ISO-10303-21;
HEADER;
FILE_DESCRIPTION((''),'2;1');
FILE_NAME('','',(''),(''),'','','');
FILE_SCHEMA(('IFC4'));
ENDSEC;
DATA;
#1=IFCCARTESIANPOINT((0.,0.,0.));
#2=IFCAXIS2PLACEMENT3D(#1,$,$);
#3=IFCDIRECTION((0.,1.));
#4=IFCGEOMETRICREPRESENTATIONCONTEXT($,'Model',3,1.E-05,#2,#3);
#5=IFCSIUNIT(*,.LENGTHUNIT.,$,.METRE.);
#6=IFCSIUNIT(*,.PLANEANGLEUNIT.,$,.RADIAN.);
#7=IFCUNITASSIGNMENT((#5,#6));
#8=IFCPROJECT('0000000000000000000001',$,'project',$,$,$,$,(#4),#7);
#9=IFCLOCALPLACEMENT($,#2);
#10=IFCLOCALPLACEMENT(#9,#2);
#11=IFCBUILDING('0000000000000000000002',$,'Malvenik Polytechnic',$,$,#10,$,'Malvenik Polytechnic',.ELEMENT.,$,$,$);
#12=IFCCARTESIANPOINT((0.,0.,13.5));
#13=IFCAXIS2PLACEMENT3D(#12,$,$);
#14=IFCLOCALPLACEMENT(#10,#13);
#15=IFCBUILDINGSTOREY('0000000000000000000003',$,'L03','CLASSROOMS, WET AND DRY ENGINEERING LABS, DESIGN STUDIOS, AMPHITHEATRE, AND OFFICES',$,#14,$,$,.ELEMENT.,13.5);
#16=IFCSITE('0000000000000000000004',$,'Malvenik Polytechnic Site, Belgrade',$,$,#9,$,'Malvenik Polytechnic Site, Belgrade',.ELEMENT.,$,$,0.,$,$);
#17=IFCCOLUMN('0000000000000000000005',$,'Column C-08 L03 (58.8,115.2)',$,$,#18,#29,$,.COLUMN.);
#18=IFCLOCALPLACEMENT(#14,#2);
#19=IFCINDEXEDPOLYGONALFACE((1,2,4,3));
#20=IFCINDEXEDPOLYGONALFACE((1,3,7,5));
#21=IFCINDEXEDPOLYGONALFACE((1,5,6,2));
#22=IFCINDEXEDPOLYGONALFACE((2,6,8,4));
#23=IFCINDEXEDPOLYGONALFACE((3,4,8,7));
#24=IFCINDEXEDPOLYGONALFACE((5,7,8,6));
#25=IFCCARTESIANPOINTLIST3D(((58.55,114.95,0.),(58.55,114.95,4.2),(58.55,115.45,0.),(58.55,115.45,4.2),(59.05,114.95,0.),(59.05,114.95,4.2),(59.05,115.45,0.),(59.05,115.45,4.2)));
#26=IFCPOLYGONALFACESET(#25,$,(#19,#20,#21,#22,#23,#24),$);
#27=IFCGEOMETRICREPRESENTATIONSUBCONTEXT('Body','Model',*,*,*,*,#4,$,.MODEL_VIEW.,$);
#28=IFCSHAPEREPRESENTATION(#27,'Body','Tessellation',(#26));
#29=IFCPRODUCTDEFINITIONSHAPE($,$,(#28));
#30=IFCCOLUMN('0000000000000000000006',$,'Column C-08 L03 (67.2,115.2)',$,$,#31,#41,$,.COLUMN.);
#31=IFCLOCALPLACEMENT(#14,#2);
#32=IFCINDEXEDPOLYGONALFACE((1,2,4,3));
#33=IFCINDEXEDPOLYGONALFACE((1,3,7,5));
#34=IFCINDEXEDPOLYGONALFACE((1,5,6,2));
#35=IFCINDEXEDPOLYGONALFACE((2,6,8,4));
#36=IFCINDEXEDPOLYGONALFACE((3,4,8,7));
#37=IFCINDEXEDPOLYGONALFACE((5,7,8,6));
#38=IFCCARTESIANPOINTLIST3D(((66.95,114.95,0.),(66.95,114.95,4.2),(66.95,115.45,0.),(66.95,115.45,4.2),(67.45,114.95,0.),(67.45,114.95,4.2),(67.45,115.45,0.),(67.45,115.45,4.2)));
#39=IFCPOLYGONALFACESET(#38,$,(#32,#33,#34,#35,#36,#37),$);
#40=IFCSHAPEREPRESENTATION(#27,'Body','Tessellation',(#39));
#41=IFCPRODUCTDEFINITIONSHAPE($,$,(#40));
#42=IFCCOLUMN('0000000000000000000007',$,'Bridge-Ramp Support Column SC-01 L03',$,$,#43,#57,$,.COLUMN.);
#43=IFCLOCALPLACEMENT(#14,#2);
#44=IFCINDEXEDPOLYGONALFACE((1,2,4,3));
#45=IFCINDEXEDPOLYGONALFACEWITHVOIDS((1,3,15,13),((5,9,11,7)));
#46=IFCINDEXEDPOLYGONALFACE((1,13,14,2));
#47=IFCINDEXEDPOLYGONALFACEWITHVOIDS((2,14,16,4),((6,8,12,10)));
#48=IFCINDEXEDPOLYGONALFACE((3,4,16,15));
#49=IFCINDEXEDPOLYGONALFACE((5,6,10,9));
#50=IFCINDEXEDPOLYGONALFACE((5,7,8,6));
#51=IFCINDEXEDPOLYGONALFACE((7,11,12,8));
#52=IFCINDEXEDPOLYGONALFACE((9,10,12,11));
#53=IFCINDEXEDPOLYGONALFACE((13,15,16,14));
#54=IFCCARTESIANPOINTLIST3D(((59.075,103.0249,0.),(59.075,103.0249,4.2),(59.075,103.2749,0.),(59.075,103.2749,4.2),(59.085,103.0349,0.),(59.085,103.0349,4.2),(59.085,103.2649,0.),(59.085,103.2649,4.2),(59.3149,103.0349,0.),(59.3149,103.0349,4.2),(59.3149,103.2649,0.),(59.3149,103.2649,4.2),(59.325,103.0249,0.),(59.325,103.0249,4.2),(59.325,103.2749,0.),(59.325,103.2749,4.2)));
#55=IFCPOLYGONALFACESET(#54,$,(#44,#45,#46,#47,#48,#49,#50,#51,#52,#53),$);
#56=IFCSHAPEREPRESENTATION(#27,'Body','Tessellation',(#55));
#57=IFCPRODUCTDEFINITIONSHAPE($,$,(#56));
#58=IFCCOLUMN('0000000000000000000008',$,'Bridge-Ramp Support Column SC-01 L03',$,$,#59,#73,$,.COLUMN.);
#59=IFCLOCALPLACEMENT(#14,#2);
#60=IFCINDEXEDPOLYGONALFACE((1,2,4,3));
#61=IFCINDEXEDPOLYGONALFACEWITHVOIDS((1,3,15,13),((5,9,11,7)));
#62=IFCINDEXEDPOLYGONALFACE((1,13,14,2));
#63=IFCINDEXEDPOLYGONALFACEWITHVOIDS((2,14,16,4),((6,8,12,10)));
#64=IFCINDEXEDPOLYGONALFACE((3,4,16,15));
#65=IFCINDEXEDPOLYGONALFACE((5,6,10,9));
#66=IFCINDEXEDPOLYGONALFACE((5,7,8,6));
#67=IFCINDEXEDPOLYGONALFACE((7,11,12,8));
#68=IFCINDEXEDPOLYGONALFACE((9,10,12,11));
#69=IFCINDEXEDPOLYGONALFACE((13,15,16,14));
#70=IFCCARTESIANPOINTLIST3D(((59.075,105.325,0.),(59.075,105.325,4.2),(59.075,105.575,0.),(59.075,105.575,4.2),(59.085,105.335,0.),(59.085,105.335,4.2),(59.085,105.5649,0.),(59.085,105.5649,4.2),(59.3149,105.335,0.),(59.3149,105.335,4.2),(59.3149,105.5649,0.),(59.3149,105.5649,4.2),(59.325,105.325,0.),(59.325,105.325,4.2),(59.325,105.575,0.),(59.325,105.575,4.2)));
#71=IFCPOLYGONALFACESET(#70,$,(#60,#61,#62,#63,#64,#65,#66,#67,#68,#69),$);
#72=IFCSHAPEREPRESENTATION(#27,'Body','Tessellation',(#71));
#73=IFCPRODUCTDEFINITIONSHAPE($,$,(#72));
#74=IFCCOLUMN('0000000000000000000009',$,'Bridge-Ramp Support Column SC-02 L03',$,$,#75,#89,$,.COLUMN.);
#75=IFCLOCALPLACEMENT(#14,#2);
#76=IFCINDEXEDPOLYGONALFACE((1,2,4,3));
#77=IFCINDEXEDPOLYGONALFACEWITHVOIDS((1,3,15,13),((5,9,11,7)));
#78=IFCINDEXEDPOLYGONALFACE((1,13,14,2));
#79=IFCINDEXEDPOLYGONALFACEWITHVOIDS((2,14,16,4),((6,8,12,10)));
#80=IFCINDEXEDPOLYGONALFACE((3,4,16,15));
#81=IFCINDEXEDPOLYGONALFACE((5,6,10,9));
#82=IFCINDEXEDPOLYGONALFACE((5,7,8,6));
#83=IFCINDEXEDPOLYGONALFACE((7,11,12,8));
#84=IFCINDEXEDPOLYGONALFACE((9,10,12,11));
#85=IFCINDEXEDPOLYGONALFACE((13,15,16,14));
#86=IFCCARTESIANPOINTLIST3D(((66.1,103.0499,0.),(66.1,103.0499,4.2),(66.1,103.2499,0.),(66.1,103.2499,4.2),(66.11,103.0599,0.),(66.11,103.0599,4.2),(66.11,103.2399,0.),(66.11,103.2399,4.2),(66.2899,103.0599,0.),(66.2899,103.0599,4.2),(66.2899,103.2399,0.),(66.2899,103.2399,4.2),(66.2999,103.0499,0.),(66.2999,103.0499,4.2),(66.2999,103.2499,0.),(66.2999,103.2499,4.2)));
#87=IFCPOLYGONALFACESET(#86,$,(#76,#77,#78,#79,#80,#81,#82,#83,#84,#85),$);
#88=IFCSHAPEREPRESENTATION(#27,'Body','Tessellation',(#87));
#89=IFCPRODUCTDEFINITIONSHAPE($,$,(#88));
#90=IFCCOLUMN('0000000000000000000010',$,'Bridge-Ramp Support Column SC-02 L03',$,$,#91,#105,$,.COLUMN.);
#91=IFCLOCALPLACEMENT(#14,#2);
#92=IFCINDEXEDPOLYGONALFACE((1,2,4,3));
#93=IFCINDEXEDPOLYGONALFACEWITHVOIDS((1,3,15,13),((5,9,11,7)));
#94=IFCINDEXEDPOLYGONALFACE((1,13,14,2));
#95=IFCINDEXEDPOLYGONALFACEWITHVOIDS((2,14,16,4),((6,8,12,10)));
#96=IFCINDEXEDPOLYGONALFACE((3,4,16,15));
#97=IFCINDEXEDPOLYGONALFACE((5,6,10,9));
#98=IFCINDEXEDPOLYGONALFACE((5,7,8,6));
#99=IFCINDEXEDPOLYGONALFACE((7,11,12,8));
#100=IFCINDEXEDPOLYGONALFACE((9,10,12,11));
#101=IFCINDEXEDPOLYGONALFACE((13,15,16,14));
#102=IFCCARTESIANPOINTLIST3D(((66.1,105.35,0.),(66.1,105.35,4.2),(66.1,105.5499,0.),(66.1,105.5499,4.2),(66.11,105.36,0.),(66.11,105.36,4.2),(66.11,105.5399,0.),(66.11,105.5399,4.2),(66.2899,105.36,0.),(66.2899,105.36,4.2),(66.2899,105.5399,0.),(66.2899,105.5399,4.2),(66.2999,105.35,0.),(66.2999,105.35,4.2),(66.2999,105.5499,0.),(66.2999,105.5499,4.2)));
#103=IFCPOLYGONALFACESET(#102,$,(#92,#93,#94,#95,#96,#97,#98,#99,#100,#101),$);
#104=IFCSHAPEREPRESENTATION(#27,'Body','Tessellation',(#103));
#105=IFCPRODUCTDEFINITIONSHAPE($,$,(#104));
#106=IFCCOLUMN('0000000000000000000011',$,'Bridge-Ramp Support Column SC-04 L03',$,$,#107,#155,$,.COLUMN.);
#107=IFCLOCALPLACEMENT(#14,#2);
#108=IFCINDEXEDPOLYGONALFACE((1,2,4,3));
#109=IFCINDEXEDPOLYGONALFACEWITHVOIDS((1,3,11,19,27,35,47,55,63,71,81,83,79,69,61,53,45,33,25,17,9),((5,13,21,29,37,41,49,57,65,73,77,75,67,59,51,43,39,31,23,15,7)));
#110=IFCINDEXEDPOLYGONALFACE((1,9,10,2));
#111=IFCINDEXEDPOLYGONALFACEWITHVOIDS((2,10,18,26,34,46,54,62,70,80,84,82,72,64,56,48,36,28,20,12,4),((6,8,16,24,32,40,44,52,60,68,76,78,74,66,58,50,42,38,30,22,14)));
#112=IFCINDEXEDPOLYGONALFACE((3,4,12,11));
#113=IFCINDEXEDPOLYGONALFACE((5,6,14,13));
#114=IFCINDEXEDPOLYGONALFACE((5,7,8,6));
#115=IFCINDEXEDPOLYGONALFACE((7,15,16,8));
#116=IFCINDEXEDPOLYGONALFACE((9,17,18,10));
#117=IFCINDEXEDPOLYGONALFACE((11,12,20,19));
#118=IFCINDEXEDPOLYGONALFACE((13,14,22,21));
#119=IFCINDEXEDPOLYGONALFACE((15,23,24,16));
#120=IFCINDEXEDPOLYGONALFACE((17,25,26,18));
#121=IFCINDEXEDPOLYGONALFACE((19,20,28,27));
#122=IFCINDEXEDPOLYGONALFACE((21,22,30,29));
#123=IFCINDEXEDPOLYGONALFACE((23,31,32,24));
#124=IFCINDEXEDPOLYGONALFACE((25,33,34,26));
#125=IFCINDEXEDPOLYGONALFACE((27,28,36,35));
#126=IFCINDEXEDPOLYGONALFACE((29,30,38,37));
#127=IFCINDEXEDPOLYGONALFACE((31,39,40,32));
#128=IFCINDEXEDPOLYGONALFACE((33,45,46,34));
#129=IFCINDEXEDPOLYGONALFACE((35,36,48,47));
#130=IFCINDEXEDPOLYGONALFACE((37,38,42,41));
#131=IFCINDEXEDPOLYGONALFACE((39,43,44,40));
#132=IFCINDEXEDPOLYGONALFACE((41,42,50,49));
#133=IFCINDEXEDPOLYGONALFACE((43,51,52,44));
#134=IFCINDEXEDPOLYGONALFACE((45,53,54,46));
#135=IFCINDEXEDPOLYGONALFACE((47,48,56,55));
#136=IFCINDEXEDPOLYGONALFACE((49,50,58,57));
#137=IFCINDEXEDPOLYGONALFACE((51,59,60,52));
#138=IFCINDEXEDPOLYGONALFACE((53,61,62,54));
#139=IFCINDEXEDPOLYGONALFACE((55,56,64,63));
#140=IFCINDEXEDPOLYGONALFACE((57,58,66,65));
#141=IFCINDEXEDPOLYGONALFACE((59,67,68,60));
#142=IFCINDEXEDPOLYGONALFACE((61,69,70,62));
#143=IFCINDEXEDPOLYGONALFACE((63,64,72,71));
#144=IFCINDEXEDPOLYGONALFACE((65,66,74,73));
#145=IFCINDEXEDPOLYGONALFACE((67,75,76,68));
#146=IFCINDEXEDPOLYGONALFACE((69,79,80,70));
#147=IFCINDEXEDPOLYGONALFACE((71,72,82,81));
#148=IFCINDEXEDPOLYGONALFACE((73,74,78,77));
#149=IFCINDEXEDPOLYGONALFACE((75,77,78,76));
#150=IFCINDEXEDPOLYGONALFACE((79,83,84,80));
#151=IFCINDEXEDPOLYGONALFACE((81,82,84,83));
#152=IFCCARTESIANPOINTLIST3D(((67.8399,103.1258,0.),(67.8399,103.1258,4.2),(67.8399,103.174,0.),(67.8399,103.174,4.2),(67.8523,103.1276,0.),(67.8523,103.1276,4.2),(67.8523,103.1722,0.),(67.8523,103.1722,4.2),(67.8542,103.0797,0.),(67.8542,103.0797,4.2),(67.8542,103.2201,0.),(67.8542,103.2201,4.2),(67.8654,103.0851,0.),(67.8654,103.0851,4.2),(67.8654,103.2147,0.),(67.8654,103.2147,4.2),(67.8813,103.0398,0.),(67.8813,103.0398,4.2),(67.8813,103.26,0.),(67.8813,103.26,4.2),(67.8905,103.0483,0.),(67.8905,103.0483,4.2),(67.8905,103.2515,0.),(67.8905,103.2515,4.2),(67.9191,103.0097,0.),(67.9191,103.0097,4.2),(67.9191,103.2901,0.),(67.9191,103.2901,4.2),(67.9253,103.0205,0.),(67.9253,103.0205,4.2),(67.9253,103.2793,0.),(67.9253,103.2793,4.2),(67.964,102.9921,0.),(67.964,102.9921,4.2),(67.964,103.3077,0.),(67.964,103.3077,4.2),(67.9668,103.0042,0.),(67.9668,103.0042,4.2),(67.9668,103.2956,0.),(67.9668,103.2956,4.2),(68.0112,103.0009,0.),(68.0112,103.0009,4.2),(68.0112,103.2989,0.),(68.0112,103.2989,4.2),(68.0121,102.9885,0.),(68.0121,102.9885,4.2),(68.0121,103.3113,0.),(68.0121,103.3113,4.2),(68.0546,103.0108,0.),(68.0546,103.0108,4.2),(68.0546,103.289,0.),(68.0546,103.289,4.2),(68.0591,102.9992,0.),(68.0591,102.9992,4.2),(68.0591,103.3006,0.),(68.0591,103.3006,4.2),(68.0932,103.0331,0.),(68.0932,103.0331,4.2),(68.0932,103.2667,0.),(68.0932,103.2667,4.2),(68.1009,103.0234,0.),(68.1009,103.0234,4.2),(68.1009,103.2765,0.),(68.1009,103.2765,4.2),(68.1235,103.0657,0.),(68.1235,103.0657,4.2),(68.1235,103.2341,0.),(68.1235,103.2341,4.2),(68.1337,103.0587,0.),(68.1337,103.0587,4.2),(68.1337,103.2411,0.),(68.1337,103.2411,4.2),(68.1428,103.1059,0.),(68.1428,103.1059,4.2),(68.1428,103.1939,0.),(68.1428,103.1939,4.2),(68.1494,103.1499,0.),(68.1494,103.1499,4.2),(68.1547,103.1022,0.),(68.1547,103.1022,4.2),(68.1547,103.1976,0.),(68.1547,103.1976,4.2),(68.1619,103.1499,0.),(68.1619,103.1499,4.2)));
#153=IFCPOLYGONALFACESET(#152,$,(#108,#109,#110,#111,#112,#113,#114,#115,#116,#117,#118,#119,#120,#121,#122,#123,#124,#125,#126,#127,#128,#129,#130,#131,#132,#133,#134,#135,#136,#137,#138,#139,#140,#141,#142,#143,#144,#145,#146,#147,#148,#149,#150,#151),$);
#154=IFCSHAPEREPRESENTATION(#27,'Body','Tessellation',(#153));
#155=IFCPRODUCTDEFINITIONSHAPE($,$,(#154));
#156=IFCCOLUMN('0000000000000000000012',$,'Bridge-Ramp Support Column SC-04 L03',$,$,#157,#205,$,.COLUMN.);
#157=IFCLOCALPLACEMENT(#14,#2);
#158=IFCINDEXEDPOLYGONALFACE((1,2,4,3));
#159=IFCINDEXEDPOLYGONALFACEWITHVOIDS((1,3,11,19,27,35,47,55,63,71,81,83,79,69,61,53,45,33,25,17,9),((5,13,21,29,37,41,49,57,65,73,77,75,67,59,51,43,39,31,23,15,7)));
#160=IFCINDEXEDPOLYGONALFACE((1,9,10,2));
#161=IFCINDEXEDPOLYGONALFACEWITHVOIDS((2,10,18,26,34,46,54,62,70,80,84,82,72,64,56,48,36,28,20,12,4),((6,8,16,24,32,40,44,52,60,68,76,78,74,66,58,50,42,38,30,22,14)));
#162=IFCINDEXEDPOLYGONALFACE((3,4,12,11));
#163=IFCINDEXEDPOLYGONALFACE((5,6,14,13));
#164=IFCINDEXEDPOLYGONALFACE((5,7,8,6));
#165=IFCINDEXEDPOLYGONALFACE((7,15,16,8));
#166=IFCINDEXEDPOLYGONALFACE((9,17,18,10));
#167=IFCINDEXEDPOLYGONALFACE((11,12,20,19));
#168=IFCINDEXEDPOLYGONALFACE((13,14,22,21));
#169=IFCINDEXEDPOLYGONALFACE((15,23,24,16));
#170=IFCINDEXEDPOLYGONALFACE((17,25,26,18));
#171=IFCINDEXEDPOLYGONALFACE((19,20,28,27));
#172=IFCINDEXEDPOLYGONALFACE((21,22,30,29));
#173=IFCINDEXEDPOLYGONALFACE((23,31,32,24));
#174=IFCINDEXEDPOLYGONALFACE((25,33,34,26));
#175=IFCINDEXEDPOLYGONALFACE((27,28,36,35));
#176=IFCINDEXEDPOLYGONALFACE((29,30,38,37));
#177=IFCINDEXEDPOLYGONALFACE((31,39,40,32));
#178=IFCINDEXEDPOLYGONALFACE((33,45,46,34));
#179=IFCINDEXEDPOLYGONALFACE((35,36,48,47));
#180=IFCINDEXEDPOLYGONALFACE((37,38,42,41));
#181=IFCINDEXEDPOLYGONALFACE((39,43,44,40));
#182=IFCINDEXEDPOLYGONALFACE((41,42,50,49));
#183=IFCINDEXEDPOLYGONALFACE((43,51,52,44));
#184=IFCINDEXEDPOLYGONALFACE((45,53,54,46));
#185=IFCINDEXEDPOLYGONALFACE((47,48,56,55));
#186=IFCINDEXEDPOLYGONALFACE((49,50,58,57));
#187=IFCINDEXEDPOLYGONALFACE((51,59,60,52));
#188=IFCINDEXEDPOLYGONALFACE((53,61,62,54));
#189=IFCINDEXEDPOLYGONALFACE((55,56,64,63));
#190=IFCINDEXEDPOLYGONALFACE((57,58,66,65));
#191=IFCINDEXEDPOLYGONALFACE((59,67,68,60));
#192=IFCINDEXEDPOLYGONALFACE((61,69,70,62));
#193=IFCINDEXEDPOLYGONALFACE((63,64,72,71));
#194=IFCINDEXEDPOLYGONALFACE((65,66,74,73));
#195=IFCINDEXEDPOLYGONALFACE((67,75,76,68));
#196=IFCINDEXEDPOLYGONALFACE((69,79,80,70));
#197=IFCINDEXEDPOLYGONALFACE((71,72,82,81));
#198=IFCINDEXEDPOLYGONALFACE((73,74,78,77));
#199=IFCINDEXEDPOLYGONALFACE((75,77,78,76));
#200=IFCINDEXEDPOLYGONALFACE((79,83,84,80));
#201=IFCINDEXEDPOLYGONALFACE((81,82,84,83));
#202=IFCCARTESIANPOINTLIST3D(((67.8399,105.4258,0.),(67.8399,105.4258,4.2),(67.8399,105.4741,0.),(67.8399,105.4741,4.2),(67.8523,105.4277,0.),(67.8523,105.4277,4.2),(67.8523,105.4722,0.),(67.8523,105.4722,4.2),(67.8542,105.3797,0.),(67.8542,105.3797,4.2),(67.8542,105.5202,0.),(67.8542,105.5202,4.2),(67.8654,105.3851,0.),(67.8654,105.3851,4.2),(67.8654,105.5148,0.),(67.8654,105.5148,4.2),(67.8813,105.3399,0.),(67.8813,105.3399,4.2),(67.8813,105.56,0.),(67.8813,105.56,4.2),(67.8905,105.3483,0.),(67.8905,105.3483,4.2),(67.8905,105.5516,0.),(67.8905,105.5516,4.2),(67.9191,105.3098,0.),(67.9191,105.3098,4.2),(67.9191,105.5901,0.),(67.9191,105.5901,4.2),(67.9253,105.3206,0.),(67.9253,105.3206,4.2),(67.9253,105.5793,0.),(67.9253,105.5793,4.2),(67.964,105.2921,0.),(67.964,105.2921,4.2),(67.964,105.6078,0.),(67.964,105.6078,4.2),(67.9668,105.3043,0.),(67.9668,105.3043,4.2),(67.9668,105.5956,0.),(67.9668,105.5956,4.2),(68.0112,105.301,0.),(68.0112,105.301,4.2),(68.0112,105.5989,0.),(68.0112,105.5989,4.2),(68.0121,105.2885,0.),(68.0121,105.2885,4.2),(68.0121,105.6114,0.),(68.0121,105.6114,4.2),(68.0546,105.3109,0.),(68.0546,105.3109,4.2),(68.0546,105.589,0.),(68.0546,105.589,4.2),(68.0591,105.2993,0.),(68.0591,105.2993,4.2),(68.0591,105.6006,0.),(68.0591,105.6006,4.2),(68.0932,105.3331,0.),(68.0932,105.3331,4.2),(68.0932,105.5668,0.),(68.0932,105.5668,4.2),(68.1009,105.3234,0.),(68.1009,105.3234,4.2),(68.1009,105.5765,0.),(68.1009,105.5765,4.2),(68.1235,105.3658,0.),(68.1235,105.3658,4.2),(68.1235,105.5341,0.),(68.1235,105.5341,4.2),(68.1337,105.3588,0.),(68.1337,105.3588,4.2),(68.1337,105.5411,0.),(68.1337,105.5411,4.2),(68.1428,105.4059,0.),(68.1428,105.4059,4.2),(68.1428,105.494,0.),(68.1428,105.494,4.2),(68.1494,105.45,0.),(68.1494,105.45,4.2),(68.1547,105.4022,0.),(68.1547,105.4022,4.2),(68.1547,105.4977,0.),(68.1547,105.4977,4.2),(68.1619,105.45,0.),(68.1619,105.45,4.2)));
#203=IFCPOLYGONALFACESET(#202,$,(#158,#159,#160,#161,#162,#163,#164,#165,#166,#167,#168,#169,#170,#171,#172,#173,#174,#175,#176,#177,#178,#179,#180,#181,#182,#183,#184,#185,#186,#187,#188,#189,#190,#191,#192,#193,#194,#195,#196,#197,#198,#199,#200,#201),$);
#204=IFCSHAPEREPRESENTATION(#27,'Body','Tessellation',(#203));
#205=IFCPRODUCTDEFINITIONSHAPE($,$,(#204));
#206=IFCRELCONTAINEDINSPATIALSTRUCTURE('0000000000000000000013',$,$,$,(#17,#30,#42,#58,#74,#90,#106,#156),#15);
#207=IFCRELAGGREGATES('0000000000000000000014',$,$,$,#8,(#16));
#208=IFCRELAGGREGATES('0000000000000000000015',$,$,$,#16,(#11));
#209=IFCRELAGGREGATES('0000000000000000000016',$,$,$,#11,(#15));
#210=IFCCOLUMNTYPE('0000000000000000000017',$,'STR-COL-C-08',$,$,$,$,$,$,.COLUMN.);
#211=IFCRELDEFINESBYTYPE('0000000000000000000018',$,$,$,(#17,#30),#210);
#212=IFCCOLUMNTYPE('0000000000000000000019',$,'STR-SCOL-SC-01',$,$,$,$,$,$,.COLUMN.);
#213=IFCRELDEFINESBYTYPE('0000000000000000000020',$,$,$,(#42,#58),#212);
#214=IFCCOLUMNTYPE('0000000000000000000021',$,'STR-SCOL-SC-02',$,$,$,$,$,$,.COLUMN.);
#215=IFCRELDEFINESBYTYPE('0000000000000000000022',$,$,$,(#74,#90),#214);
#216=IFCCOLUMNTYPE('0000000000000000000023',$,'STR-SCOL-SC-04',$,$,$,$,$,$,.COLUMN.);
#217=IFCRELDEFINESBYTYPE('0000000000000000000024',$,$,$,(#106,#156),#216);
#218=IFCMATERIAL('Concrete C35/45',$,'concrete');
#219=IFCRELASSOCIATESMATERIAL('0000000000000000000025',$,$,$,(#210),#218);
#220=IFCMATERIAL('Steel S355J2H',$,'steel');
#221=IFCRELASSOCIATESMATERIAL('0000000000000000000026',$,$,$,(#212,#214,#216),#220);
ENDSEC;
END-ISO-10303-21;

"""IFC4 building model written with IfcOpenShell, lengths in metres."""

from ifc_helpers import new_model, si_unit, direction, frame, origin, origin_2d, place, context, subcontext, project, spatial, rectangle, hollow_rectangle, hollow_circle, extrude, material, material_profile, profile_set, type_object, element, save


model = new_model("IFC4")

# Units and contexts
model_context = context("Model", 3, precision=1e-05, world=origin(), true_north=direction((0.0, 1.0)))
body_context = subcontext(model_context, "Body", "Model", "MODEL_VIEW")
ifc_project = project(units=[si_unit("LENGTHUNIT", "METRE"), si_unit("PLANEANGLEUNIT", "RADIAN")], contexts=[model_context])

# Site, building, storey
site_placement = place(None, origin())
site = spatial("IfcSite", under=ifc_project, at=site_placement, Name="Malvenik Polytechnic Site, Belgrade", LongName="Malvenik Polytechnic Site, Belgrade", CompositionType="ELEMENT", RefElevation=0.0)
building_placement = place(site_placement, origin())
building = spatial("IfcBuilding", under=site, at=building_placement, Name="Malvenik Polytechnic", LongName="Malvenik Polytechnic", CompositionType="ELEMENT")
storey_placement = place(building_placement, frame((0.0, 0.0, 13.5)))
storey = spatial("IfcBuildingStorey", under=building, at=storey_placement, Name="L03", Description="CLASSROOMS, WET AND DRY ENGINEERING LABS, DESIGN STUDIOS, AMPHITHEATRE, AND OFFICES", CompositionType="ELEMENT", Elevation=13.5)

# Columns
ifc_material_1 = material(Name="Concrete C35/45", Category="concrete")
ifc_material_profile_1 = material_profile(ifc_material_1, rectangle(XDim=0.5, YDim=0.5, at=origin_2d()), Name="RC COL 500x500")
ifc_profile_set_1 = profile_set([ifc_material_profile_1], Name="Concrete C35/45")
column_type_1 = type_object("IfcColumnType", Name="STR-COL-C-08", PredefinedType="COLUMN", material=ifc_profile_set_1)
for number, where, z_axis, x_axis, name in (
    (1, (58.8, 115.2, 0.0), (0.0, 0.0, 1.0), (1.0, 0.0, 0.0), "Column C-08 L03 (58.8,115.2)"),
    (2, (67.2, 115.2, 0.0), (0.0, 0.0, 1.0), (1.0, 0.0, 0.0), "Column C-08 L03 (67.2,115.2)"),
):
    element("IfcColumn", number, at=place(storey_placement, frame(where, z_axis=z_axis, x_axis=x_axis)), inside=storey, type_object=column_type_1, Name=name, PredefinedType="COLUMN", context=body_context, shape_type="SweptSolid", body=[
        extrude(rectangle(XDim=0.5, YDim=0.5, at=origin_2d()), origin(), (0.0, 0.0, 1.0), 4.2),
    ])
ifc_material_2 = material(Name="Steel S355J2H", Category="steel")
ifc_material_profile_2 = material_profile(ifc_material_2, hollow_rectangle(XDim=0.25, YDim=0.25, WallThickness=0.01, at=origin_2d()), Name="SHS 250x250x10.0")
ifc_profile_set_2 = profile_set([ifc_material_profile_2], Name="Steel S355J2H")
column_type_2 = type_object("IfcColumnType", Name="STR-SCOL-SC-01", PredefinedType="COLUMN", material=ifc_profile_set_2)
for number, where, z_axis, x_axis, name in (
    (3, (59.2, 103.1499, 0.0), (0.0, 0.0, 1.0), (1.0, 0.0, 0.0), "Bridge-Ramp Support Column SC-01 L03"),
    (4, (59.2, 105.45, 0.0), (0.0, 0.0, 1.0), (1.0, 0.0, 0.0), "Bridge-Ramp Support Column SC-01 L03"),
):
    element("IfcColumn", number, at=place(storey_placement, frame(where, z_axis=z_axis, x_axis=x_axis)), inside=storey, type_object=column_type_2, Name=name, PredefinedType="COLUMN", context=body_context, shape_type="SweptSolid", body=[
        extrude(hollow_rectangle(XDim=0.25, YDim=0.25, WallThickness=0.01, at=origin_2d()), origin(), (0.0, 0.0, 1.0), 4.2),
    ])
ifc_material_profile_3 = material_profile(ifc_material_2, hollow_rectangle(XDim=0.2, YDim=0.2, WallThickness=0.01, at=origin_2d()), Name="SHS 200x200x10.0")
ifc_profile_set_3 = profile_set([ifc_material_profile_3], Name="Steel S355J2H")
column_type_3 = type_object("IfcColumnType", Name="STR-SCOL-SC-02", PredefinedType="COLUMN", material=ifc_profile_set_3)
for number, where, z_axis, x_axis, name in (
    (5, (66.2, 103.1499, 0.0), (0.0, 0.0, 1.0), (1.0, 0.0, 0.0), "Bridge-Ramp Support Column SC-02 L03"),
    (6, (66.2, 105.45, 0.0), (0.0, 0.0, 1.0), (1.0, 0.0, 0.0), "Bridge-Ramp Support Column SC-02 L03"),
):
    element("IfcColumn", number, at=place(storey_placement, frame(where, z_axis=z_axis, x_axis=x_axis)), inside=storey, type_object=column_type_3, Name=name, PredefinedType="COLUMN", context=body_context, shape_type="SweptSolid", body=[
        extrude(hollow_rectangle(XDim=0.2, YDim=0.2, WallThickness=0.01, at=origin_2d()), origin(), (0.0, 0.0, 1.0), 4.2),
    ])
ifc_material_profile_4 = material_profile(ifc_material_2, hollow_circle(Radius=0.1619, WallThickness=0.0125, at=origin_2d()), Name="CHS 323.9x12.5")
ifc_profile_set_4 = profile_set([ifc_material_profile_4], Name="Steel S355J2H")
column_type_4 = type_object("IfcColumnType", Name="STR-SCOL-SC-04", PredefinedType="COLUMN", material=ifc_profile_set_4)
for number, where, z_axis, x_axis, name in (
    (7, (68.0, 103.1499, 0.0), (0.0, 0.0, 1.0), (1.0, 0.0, 0.0), "Bridge-Ramp Support Column SC-04 L03"),
    (8, (68.0, 105.45, 0.0), (0.0, 0.0, 1.0), (1.0, 0.0, 0.0), "Bridge-Ramp Support Column SC-04 L03"),
):
    element("IfcColumn", number, at=place(storey_placement, frame(where, z_axis=z_axis, x_axis=x_axis)), inside=storey, type_object=column_type_4, Name=name, PredefinedType="COLUMN", context=body_context, shape_type="SweptSolid", body=[
        extrude(hollow_circle(Radius=0.1619, WallThickness=0.0125, at=origin_2d()), origin(), (0.0, 0.0, 1.0), 4.2),
    ])

save(model, "model.ifc")
